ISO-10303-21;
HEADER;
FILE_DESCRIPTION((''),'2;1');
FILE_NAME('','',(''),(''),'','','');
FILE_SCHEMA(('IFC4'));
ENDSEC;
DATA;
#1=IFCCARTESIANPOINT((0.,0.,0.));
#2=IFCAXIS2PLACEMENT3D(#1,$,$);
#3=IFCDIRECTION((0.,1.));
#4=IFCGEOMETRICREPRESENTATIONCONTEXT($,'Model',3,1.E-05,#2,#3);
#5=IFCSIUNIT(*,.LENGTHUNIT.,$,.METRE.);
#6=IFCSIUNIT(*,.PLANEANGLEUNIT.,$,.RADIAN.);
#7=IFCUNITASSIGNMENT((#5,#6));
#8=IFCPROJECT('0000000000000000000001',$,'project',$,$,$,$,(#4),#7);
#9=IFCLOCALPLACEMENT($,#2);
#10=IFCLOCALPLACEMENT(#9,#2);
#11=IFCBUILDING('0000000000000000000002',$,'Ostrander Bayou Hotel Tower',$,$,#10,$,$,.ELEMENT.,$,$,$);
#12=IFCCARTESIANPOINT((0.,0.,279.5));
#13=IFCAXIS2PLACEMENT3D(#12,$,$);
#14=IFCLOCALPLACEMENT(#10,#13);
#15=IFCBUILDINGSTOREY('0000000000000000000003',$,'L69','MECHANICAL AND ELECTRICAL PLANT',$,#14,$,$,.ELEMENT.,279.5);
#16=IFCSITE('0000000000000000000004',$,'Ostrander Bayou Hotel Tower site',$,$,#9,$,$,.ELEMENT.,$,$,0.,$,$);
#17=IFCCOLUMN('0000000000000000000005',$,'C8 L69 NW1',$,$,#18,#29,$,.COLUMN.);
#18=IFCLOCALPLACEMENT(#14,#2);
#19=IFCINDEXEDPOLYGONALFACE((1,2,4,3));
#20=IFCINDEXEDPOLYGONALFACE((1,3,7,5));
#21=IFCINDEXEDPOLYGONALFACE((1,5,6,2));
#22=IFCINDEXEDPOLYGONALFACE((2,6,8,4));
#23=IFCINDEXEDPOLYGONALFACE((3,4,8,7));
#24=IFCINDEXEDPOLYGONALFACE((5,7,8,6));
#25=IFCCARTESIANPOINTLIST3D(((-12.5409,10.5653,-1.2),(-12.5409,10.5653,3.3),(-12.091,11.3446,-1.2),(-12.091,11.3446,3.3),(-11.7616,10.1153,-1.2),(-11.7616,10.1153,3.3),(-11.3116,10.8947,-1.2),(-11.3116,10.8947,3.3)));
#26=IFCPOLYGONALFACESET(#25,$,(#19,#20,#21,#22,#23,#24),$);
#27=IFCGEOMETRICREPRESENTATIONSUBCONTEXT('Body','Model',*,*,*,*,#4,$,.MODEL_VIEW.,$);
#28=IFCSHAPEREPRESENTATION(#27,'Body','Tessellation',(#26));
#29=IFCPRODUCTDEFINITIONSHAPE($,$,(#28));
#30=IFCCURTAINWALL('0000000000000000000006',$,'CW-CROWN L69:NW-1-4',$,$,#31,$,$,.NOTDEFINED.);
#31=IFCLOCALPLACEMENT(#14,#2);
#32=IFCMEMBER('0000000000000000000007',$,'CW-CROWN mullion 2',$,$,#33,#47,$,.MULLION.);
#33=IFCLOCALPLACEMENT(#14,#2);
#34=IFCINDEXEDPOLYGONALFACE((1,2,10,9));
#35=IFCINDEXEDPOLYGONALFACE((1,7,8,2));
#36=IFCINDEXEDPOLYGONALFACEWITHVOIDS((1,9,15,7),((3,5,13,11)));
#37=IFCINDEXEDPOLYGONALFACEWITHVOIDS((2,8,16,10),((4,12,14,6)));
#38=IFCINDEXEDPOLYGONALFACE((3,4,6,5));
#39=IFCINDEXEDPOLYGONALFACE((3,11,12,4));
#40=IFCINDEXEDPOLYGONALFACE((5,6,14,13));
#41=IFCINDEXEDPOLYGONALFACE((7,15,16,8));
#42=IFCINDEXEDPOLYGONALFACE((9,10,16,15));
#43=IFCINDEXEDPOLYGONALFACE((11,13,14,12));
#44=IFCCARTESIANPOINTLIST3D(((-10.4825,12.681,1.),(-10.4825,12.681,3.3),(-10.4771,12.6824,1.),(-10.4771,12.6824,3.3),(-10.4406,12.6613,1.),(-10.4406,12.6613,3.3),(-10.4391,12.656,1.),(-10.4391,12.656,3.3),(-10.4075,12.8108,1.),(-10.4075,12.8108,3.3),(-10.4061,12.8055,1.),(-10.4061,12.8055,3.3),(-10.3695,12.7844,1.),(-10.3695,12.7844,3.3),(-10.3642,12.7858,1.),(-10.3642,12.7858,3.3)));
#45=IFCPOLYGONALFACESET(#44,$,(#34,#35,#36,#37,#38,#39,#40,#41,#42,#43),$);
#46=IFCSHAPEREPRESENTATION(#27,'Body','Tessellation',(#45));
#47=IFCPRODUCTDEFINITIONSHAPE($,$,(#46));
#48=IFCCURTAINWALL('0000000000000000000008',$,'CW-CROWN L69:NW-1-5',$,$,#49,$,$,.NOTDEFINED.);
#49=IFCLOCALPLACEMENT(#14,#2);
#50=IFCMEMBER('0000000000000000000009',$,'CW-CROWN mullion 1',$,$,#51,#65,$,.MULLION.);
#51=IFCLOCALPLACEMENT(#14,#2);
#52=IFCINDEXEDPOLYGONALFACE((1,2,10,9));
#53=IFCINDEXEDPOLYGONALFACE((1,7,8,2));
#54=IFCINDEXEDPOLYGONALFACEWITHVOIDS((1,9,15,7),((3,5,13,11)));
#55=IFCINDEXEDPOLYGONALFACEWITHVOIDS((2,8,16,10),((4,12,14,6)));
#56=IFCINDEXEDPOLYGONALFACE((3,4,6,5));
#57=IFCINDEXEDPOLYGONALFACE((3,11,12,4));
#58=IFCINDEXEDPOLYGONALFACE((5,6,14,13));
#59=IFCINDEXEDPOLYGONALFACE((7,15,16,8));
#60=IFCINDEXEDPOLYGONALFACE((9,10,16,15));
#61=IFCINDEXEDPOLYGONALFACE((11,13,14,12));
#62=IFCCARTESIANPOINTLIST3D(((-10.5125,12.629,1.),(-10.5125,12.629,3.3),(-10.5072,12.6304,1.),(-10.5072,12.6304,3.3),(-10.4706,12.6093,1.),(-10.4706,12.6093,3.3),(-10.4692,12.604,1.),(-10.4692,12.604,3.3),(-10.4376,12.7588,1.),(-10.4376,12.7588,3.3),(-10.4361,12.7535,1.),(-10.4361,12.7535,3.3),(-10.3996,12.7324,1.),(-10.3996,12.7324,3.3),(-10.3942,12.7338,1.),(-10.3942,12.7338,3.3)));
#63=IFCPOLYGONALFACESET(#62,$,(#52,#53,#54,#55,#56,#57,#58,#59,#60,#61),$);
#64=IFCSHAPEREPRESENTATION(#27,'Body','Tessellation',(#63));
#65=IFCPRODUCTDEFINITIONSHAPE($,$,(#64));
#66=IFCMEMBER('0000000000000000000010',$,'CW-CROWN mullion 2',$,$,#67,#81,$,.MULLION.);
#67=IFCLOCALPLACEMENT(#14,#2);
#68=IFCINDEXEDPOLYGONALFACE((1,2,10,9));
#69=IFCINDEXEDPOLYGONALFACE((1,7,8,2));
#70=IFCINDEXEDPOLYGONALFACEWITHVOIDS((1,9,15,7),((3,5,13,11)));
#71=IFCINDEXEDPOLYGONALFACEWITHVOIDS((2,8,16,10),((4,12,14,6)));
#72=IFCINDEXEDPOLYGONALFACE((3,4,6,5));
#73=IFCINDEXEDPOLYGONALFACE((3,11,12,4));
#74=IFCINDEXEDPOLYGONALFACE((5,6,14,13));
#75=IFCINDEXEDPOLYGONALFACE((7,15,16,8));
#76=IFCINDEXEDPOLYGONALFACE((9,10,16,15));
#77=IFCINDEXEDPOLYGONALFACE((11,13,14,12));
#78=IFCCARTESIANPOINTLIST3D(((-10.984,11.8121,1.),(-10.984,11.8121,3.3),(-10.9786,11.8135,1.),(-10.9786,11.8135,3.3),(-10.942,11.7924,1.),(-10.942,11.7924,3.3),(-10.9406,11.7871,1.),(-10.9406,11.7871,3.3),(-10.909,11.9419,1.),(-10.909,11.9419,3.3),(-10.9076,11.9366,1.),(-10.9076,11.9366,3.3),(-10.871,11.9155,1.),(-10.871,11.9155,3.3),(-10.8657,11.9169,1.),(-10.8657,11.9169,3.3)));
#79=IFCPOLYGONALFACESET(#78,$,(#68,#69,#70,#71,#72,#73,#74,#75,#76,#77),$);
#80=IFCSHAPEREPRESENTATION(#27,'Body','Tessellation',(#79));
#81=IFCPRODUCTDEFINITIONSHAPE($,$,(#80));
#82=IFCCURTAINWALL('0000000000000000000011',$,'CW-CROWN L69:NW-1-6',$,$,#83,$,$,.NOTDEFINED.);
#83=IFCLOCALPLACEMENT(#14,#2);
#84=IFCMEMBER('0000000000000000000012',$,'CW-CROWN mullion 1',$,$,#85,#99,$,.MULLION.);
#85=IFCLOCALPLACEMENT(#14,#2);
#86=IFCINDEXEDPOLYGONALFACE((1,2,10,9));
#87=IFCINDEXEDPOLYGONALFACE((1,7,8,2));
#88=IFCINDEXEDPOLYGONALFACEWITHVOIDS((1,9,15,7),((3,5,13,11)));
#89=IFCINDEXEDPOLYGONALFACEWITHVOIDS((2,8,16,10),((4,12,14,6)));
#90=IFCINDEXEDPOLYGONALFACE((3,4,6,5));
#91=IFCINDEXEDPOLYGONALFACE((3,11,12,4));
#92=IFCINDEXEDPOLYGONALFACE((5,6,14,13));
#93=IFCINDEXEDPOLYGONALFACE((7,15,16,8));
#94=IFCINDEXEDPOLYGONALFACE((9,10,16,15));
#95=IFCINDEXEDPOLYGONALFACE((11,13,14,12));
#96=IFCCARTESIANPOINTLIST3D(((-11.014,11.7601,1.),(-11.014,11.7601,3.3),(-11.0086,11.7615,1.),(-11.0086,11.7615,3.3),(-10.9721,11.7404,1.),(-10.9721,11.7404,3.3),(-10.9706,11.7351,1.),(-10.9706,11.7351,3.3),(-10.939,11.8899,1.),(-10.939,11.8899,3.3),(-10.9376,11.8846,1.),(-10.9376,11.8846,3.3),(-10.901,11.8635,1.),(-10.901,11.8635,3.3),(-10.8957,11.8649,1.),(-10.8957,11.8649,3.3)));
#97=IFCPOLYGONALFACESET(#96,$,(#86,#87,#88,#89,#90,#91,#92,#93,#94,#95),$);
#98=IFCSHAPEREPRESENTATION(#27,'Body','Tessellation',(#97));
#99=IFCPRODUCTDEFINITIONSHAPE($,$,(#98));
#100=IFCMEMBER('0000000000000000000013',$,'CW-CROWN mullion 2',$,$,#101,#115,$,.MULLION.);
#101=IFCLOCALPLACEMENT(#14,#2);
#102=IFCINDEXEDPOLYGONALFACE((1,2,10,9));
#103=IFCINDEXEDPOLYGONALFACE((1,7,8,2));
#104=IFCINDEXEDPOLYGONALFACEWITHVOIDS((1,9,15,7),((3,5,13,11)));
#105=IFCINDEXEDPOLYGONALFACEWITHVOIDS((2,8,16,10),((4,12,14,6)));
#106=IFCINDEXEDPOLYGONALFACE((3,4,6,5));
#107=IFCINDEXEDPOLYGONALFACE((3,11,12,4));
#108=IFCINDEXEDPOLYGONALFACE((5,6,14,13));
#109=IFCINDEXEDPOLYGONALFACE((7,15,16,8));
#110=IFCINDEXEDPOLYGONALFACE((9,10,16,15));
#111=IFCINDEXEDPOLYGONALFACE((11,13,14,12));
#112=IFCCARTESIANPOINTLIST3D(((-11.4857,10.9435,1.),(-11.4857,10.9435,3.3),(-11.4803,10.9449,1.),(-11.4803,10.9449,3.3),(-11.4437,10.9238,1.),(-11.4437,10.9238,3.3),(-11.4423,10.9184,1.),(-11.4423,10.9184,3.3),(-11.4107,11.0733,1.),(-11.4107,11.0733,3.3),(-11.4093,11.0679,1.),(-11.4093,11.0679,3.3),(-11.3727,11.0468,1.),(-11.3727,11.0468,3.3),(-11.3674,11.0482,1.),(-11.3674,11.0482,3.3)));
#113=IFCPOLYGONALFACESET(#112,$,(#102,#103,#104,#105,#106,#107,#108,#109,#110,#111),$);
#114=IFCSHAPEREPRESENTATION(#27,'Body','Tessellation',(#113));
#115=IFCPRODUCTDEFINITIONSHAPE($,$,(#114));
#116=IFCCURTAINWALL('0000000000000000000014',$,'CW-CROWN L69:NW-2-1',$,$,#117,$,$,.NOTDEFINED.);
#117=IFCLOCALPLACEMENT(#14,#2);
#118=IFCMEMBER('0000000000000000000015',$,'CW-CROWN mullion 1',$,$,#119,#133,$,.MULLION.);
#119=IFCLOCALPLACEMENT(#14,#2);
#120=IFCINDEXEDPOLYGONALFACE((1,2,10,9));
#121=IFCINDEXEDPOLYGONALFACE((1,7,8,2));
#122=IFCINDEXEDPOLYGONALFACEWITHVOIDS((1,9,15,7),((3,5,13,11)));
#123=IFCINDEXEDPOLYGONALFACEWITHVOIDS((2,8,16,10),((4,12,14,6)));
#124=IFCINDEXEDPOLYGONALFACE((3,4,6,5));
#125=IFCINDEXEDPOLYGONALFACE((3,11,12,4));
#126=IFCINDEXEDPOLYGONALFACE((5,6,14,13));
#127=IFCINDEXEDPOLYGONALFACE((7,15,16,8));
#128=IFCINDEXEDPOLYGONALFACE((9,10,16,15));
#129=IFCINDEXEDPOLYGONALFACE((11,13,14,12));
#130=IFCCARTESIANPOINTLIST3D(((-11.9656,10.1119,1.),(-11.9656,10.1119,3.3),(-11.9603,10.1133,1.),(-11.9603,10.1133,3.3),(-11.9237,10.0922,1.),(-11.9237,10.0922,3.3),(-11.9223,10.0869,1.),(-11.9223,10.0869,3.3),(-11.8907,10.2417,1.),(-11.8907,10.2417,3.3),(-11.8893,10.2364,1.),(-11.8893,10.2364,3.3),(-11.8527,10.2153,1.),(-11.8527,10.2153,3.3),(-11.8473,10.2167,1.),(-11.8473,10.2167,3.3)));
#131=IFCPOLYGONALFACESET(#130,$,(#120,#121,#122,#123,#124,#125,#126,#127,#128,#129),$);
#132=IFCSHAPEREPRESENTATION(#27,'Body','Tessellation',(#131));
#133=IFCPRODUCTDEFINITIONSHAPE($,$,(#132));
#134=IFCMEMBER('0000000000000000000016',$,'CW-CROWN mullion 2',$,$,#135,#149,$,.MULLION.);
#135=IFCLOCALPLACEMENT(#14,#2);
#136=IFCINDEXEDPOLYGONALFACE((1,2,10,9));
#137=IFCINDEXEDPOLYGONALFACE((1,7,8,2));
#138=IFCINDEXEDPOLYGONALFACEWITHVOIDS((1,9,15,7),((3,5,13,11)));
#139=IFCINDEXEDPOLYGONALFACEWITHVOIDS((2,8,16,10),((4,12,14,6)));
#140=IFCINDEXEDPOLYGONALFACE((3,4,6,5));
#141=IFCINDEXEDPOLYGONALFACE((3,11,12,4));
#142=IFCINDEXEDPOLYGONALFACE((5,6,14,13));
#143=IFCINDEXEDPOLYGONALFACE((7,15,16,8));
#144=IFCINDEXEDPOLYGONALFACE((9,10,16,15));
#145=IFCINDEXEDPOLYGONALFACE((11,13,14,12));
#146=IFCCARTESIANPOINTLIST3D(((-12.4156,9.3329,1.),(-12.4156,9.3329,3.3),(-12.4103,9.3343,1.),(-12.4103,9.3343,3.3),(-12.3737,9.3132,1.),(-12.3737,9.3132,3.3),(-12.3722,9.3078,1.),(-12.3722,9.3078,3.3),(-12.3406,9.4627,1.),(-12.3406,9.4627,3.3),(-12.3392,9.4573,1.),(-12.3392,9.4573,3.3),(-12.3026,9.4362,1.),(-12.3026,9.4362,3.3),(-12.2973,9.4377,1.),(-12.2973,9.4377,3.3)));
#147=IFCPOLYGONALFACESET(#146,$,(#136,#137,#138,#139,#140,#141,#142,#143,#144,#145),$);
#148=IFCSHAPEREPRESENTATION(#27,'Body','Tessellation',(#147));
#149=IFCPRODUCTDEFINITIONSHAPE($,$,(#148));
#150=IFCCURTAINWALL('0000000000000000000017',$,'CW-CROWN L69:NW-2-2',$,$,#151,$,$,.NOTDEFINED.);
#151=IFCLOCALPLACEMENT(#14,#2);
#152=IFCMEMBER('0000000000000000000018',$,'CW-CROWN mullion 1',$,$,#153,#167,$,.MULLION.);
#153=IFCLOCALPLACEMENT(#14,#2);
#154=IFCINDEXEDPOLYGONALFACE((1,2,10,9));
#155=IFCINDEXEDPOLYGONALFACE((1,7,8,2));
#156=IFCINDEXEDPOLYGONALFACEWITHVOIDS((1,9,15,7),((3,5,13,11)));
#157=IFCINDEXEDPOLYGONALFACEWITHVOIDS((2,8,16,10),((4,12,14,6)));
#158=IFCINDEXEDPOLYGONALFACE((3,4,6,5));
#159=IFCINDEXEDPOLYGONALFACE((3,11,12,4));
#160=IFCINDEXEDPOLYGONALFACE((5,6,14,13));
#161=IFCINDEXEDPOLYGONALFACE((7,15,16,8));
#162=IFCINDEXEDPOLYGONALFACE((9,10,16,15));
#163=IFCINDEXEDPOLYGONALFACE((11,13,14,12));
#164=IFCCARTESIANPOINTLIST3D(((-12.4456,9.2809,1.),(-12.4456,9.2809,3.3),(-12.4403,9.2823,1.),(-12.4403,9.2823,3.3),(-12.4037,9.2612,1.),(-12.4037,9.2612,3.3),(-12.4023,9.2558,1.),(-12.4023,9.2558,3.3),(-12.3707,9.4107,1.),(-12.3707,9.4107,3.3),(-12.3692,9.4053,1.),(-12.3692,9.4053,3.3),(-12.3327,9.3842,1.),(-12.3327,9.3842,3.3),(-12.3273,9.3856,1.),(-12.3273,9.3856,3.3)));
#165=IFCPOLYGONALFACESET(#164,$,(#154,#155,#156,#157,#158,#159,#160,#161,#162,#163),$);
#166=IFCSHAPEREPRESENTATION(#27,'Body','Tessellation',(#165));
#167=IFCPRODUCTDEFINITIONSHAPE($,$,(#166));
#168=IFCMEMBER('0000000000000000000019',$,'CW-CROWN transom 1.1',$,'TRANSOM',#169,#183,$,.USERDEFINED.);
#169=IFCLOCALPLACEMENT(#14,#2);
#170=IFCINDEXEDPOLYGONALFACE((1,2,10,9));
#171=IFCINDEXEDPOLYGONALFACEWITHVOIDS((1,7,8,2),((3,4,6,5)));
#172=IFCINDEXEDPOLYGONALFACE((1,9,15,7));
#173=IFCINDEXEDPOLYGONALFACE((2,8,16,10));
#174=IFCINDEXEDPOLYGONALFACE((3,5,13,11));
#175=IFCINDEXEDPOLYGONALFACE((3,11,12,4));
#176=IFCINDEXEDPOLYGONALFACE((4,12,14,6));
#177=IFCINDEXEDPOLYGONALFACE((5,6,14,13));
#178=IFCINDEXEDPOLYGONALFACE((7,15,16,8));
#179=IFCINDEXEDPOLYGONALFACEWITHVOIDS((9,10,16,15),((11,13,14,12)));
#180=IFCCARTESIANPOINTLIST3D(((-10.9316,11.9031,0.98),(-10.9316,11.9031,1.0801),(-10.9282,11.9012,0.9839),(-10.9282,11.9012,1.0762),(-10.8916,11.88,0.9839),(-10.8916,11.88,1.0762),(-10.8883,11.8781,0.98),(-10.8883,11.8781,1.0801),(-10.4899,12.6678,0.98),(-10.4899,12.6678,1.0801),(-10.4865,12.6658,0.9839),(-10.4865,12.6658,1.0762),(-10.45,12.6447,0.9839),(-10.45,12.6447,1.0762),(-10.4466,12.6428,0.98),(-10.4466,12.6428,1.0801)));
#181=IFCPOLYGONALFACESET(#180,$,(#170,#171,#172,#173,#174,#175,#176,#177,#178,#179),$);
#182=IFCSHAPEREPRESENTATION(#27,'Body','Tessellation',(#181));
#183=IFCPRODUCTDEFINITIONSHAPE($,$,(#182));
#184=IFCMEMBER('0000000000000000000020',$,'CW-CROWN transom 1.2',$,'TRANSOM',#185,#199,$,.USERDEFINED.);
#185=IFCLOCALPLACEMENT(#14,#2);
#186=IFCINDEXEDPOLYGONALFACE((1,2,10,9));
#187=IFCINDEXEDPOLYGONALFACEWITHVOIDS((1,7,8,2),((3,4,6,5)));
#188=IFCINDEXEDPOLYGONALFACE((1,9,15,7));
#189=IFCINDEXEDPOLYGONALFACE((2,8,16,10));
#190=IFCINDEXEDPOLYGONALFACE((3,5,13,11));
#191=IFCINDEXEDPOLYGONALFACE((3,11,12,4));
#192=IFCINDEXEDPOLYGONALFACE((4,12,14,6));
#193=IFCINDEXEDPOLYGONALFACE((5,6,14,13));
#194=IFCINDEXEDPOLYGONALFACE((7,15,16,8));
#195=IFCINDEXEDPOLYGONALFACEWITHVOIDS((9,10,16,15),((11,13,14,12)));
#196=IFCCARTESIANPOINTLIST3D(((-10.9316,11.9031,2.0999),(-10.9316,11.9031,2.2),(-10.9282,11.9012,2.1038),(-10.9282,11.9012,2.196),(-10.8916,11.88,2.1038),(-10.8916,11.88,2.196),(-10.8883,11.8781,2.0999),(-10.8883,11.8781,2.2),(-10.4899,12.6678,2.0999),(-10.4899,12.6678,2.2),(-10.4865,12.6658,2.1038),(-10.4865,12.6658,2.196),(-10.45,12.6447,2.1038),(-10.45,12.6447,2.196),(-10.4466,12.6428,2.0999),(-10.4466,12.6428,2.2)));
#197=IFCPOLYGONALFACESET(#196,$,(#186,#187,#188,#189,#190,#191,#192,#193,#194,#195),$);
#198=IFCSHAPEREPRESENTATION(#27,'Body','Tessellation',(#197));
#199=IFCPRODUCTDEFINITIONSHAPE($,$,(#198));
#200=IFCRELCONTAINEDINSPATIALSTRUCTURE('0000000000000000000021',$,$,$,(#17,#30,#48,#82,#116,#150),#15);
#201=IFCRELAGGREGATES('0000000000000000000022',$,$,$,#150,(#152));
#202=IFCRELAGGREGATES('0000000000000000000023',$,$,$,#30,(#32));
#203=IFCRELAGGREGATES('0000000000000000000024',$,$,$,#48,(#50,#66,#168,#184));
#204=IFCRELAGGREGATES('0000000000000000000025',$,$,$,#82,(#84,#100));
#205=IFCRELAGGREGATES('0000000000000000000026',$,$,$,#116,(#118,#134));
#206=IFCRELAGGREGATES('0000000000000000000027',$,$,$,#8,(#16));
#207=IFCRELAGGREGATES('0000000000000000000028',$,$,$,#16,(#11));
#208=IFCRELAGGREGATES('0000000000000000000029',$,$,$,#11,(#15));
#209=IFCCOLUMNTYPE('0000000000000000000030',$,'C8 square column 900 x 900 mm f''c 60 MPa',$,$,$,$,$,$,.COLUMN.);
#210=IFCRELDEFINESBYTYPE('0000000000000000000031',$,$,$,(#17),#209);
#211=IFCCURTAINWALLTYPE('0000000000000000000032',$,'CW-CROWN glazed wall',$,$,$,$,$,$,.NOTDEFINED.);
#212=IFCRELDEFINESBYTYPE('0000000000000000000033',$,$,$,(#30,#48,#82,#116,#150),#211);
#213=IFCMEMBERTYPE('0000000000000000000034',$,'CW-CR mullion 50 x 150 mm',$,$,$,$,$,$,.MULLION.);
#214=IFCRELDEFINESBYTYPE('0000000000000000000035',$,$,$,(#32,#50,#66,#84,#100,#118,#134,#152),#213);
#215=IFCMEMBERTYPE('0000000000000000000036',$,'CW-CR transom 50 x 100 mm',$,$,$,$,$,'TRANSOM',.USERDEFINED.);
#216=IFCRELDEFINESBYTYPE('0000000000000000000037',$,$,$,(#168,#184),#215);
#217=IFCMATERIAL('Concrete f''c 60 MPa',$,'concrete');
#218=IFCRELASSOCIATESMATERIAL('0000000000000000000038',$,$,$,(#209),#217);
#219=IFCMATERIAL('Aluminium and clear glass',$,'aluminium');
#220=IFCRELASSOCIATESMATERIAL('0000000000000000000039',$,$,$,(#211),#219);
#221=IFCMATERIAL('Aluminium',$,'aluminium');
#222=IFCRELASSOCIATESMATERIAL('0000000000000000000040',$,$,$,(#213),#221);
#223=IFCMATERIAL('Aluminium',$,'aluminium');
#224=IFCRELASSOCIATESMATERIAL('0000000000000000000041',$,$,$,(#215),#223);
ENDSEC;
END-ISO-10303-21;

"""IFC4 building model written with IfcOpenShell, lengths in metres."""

from ifc_helpers import new_model, si_unit, direction, frame, origin, origin_2d, place, context, subcontext, project, spatial, rectangle, hollow_rectangle, extrude, material, material_profile, profile_set, type_object, element, aggregate, save


model = new_model("IFC4")

# Units and contexts
model_context = context("Model", 3, precision=1e-05, world=origin(), true_north=direction((0.0, 1.0)))
body_context = subcontext(model_context, "Body", "Model", "MODEL_VIEW")
ifc_project = project(units=[si_unit("LENGTHUNIT", "METRE"), si_unit("PLANEANGLEUNIT", "RADIAN")], contexts=[model_context])

# Site, building, storey
site_placement = place(None, origin())
site = spatial("IfcSite", under=ifc_project, at=site_placement, Name="Ostrander Bayou Hotel Tower site", CompositionType="ELEMENT", RefElevation=0.0)
building_placement = place(site_placement, origin())
building = spatial("IfcBuilding", under=site, at=building_placement, Name="Ostrander Bayou Hotel Tower", CompositionType="ELEMENT")
storey_placement = place(building_placement, frame((0.0, 0.0, 279.5)))
storey = spatial("IfcBuildingStorey", under=building, at=storey_placement, Name="L69", Description="MECHANICAL AND ELECTRICAL PLANT", CompositionType="ELEMENT", Elevation=279.5)

# Column
ifc_material_1 = material(Name="Concrete f'c 60 MPa", Category="concrete")
ifc_material_profile_1 = material_profile(ifc_material_1, rectangle(XDim=0.8999, YDim=0.8999, at=origin_2d()))
ifc_profile_set_1 = profile_set([ifc_material_profile_1], Name="Concrete f'c 60 MPa")
column_type = type_object("IfcColumnType", Name="C8 square column 900 x 900 mm f'c 60 MPa", PredefinedType="COLUMN", material=ifc_profile_set_1)
column_placement = place(storey_placement, frame((-11.9263, 10.73, -1.2), z_axis=(0.0, 0.0, 1.0), x_axis=(0.5, 0.866025, 0.0)))
element("IfcColumn", 1, at=column_placement, inside=storey, type_object=column_type, Name="C8 L69 NW1", PredefinedType="COLUMN", context=body_context, shape_type="SweptSolid", body=[
    extrude(rectangle(XDim=0.8999, YDim=0.8999, at=origin_2d()), origin(), (0.0, 0.0, 1.0), 4.5),
])

# Curtain wall, member
ifc_material_2 = material(Name="Aluminium and clear glass", Category="aluminium")
curtain_wall_type = type_object("IfcCurtainWallType", Name="CW-CROWN glazed wall", PredefinedType="NOTDEFINED", material=ifc_material_2)
curtain_wall_1_placement = place(storey_placement, origin())
curtain_wall_1 = element("IfcCurtainWall", 2, at=curtain_wall_1_placement, inside=storey, type_object=curtain_wall_type, Name="CW-CROWN L69:NW-1-4", PredefinedType="NOTDEFINED")
ifc_material_3 = material(Name="Aluminium", Category="aluminium")
ifc_material_profile_2 = material_profile(ifc_material_3, hollow_rectangle(XDim=0.05, YDim=0.1499, WallThickness=0.0039, at=origin_2d()))
ifc_profile_set_2 = profile_set([ifc_material_profile_2], Name="Aluminium")
member_type_1 = type_object("IfcMemberType", Name="CW-CR mullion 50 x 150 mm", PredefinedType="MULLION", material=ifc_profile_set_2)
member_1_placement = place(storey_placement, frame((-10.4233, 12.7334, 1.0), z_axis=(0.0, 0.0, 1.0), x_axis=(0.866069, -0.499924, 0.0)))
member_1 = element("IfcMember", 3, at=member_1_placement, type_object=member_type_1, Name="CW-CROWN mullion 2", PredefinedType="MULLION", context=body_context, shape_type="SweptSolid", body=[
    extrude(hollow_rectangle(XDim=0.05, YDim=0.1499, WallThickness=0.0039, at=origin_2d()), origin(), (0.0, 0.0, 1.0), 2.3),
])

# Curtain walls, members
curtain_wall_2_placement = place(storey_placement, origin())
curtain_wall_2 = element("IfcCurtainWall", 4, at=curtain_wall_2_placement, inside=storey, type_object=curtain_wall_type, Name="CW-CROWN L69:NW-1-5", PredefinedType="NOTDEFINED")
member_2_placement = place(storey_placement, frame((-10.4534, 12.6814, 1.0), z_axis=(0.0, 0.0, 1.0), x_axis=(0.866001, -0.500042, 0.0)))
member_2 = element("IfcMember", 5, at=member_2_placement, type_object=member_type_1, Name="CW-CROWN mullion 1", PredefinedType="MULLION", context=body_context, shape_type="SweptSolid", body=[
    extrude(hollow_rectangle(XDim=0.05, YDim=0.1499, WallThickness=0.0039, at=origin_2d()), origin(), (0.0, 0.0, 1.0), 2.3),
])
member_3_placement = place(storey_placement, frame((-10.9248, 11.8645, 1.0), z_axis=(0.0, 0.0, 1.0), x_axis=(0.866001, -0.500042, 0.0)))
member_3 = element("IfcMember", 6, at=member_3_placement, type_object=member_type_1, Name="CW-CROWN mullion 2", PredefinedType="MULLION", context=body_context, shape_type="SweptSolid", body=[
    extrude(hollow_rectangle(XDim=0.05, YDim=0.1499, WallThickness=0.0039, at=origin_2d()), origin(), (0.0, 0.0, 1.0), 2.3),
])
curtain_wall_3_placement = place(storey_placement, origin())
curtain_wall_3 = element("IfcCurtainWall", 7, at=curtain_wall_3_placement, inside=storey, type_object=curtain_wall_type, Name="CW-CROWN L69:NW-1-6", PredefinedType="NOTDEFINED")
member_4_placement = place(storey_placement, frame((-10.9548, 11.8125, 1.0), z_axis=(0.0, 0.0, 1.0), x_axis=(0.866026, -0.499999, 0.0)))
member_4 = element("IfcMember", 8, at=member_4_placement, type_object=member_type_1, Name="CW-CROWN mullion 1", PredefinedType="MULLION", context=body_context, shape_type="SweptSolid", body=[
    extrude(hollow_rectangle(XDim=0.05, YDim=0.1499, WallThickness=0.0039, at=origin_2d()), origin(), (0.0, 0.0, 1.0), 2.3),
])
member_5_placement = place(storey_placement, frame((-11.4265, 10.9958, 1.0), z_axis=(0.0, 0.0, 1.0), x_axis=(0.866026, -0.499999, 0.0)))
member_5 = element("IfcMember", 9, at=member_5_placement, type_object=member_type_1, Name="CW-CROWN mullion 2", PredefinedType="MULLION", context=body_context, shape_type="SweptSolid", body=[
    extrude(hollow_rectangle(XDim=0.05, YDim=0.1499, WallThickness=0.0039, at=origin_2d()), origin(), (0.0, 0.0, 1.0), 2.3),
])
curtain_wall_4_placement = place(storey_placement, origin())
curtain_wall_4 = element("IfcCurtainWall", 10, at=curtain_wall_4_placement, inside=storey, type_object=curtain_wall_type, Name="CW-CROWN L69:NW-2-1", PredefinedType="NOTDEFINED")
member_6_placement = place(storey_placement, frame((-11.9065, 10.1643, 1.0), z_axis=(0.0, 0.0, 1.0), x_axis=(0.866022, -0.500005, 0.0)))
member_6 = element("IfcMember", 11, at=member_6_placement, type_object=member_type_1, Name="CW-CROWN mullion 1", PredefinedType="MULLION", context=body_context, shape_type="SweptSolid", body=[
    extrude(hollow_rectangle(XDim=0.05, YDim=0.1499, WallThickness=0.0039, at=origin_2d()), origin(), (0.0, 0.0, 1.0), 2.3),
])
member_7_placement = place(storey_placement, frame((-12.3564, 9.3853, 1.0), z_axis=(0.0, 0.0, 1.0), x_axis=(0.866022, -0.500005, 0.0)))
member_7 = element("IfcMember", 12, at=member_7_placement, type_object=member_type_1, Name="CW-CROWN mullion 2", PredefinedType="MULLION", context=body_context, shape_type="SweptSolid", body=[
    extrude(hollow_rectangle(XDim=0.05, YDim=0.1499, WallThickness=0.0039, at=origin_2d()), origin(), (0.0, 0.0, 1.0), 2.3),
])

# Curtain wall, member
curtain_wall_5_placement = place(storey_placement, origin())
curtain_wall_5 = element("IfcCurtainWall", 13, at=curtain_wall_5_placement, inside=storey, type_object=curtain_wall_type, Name="CW-CROWN L69:NW-2-2", PredefinedType="NOTDEFINED")
member_8_placement = place(storey_placement, frame((-12.3865, 9.3333, 1.0), z_axis=(0.0, 0.0, 1.0), x_axis=(0.866022, -0.500005, 0.0)))
member_8 = element("IfcMember", 14, at=member_8_placement, type_object=member_type_1, Name="CW-CROWN mullion 1", PredefinedType="MULLION", context=body_context, shape_type="SweptSolid", body=[
    extrude(hollow_rectangle(XDim=0.05, YDim=0.1499, WallThickness=0.0039, at=origin_2d()), origin(), (0.0, 0.0, 1.0), 2.3),
])

# Members
ifc_material_4 = material(Name="Aluminium", Category="aluminium")
ifc_material_profile_3 = material_profile(ifc_material_4, hollow_rectangle(XDim=0.05, YDim=0.1001, WallThickness=0.0039, at=origin_2d()))
ifc_profile_set_3 = profile_set([ifc_material_profile_3], Name="Aluminium")
member_type_2 = type_object("IfcMemberType", Name="CW-CR transom 50 x 100 mm", ElementType="TRANSOM", PredefinedType="USERDEFINED", material=ifc_profile_set_3)
member_9_placement = place(storey_placement, frame((-10.4683, 12.6553, 1.03), z_axis=(-0.500153, -0.865937, 0.0), x_axis=(0.865937, -0.500153, 0.0)))
member_9 = element("IfcMember", 15, at=member_9_placement, type_object=member_type_2, Name="CW-CROWN transom 1.1", ObjectType="TRANSOM", PredefinedType="USERDEFINED", context=body_context, shape_type="SweptSolid", body=[
    extrude(hollow_rectangle(XDim=0.05, YDim=0.1001, WallThickness=0.0039, at=origin_2d()), origin(), (0.0, 0.0, 1.0), 0.8831),
])
member_10_placement = place(storey_placement, frame((-10.4683, 12.6553, 2.1499), z_axis=(-0.500153, -0.865937, 0.0), x_axis=(0.865937, -0.500153, 0.0)))
member_10 = element("IfcMember", 16, at=member_10_placement, type_object=member_type_2, Name="CW-CROWN transom 1.2", ObjectType="TRANSOM", PredefinedType="USERDEFINED", context=body_context, shape_type="SweptSolid", body=[
    extrude(hollow_rectangle(XDim=0.05, YDim=0.1001, WallThickness=0.0039, at=origin_2d()), origin(), (0.0, 0.0, 1.0), 0.8831),
])
aggregate(curtain_wall_5, [member_8])

aggregate(curtain_wall_1, [member_1])
aggregate(curtain_wall_2, [member_2, member_3, member_9, member_10])
aggregate(curtain_wall_3, [member_4, member_5])
aggregate(curtain_wall_4, [member_6, member_7])

save(model, "model.ifc")
